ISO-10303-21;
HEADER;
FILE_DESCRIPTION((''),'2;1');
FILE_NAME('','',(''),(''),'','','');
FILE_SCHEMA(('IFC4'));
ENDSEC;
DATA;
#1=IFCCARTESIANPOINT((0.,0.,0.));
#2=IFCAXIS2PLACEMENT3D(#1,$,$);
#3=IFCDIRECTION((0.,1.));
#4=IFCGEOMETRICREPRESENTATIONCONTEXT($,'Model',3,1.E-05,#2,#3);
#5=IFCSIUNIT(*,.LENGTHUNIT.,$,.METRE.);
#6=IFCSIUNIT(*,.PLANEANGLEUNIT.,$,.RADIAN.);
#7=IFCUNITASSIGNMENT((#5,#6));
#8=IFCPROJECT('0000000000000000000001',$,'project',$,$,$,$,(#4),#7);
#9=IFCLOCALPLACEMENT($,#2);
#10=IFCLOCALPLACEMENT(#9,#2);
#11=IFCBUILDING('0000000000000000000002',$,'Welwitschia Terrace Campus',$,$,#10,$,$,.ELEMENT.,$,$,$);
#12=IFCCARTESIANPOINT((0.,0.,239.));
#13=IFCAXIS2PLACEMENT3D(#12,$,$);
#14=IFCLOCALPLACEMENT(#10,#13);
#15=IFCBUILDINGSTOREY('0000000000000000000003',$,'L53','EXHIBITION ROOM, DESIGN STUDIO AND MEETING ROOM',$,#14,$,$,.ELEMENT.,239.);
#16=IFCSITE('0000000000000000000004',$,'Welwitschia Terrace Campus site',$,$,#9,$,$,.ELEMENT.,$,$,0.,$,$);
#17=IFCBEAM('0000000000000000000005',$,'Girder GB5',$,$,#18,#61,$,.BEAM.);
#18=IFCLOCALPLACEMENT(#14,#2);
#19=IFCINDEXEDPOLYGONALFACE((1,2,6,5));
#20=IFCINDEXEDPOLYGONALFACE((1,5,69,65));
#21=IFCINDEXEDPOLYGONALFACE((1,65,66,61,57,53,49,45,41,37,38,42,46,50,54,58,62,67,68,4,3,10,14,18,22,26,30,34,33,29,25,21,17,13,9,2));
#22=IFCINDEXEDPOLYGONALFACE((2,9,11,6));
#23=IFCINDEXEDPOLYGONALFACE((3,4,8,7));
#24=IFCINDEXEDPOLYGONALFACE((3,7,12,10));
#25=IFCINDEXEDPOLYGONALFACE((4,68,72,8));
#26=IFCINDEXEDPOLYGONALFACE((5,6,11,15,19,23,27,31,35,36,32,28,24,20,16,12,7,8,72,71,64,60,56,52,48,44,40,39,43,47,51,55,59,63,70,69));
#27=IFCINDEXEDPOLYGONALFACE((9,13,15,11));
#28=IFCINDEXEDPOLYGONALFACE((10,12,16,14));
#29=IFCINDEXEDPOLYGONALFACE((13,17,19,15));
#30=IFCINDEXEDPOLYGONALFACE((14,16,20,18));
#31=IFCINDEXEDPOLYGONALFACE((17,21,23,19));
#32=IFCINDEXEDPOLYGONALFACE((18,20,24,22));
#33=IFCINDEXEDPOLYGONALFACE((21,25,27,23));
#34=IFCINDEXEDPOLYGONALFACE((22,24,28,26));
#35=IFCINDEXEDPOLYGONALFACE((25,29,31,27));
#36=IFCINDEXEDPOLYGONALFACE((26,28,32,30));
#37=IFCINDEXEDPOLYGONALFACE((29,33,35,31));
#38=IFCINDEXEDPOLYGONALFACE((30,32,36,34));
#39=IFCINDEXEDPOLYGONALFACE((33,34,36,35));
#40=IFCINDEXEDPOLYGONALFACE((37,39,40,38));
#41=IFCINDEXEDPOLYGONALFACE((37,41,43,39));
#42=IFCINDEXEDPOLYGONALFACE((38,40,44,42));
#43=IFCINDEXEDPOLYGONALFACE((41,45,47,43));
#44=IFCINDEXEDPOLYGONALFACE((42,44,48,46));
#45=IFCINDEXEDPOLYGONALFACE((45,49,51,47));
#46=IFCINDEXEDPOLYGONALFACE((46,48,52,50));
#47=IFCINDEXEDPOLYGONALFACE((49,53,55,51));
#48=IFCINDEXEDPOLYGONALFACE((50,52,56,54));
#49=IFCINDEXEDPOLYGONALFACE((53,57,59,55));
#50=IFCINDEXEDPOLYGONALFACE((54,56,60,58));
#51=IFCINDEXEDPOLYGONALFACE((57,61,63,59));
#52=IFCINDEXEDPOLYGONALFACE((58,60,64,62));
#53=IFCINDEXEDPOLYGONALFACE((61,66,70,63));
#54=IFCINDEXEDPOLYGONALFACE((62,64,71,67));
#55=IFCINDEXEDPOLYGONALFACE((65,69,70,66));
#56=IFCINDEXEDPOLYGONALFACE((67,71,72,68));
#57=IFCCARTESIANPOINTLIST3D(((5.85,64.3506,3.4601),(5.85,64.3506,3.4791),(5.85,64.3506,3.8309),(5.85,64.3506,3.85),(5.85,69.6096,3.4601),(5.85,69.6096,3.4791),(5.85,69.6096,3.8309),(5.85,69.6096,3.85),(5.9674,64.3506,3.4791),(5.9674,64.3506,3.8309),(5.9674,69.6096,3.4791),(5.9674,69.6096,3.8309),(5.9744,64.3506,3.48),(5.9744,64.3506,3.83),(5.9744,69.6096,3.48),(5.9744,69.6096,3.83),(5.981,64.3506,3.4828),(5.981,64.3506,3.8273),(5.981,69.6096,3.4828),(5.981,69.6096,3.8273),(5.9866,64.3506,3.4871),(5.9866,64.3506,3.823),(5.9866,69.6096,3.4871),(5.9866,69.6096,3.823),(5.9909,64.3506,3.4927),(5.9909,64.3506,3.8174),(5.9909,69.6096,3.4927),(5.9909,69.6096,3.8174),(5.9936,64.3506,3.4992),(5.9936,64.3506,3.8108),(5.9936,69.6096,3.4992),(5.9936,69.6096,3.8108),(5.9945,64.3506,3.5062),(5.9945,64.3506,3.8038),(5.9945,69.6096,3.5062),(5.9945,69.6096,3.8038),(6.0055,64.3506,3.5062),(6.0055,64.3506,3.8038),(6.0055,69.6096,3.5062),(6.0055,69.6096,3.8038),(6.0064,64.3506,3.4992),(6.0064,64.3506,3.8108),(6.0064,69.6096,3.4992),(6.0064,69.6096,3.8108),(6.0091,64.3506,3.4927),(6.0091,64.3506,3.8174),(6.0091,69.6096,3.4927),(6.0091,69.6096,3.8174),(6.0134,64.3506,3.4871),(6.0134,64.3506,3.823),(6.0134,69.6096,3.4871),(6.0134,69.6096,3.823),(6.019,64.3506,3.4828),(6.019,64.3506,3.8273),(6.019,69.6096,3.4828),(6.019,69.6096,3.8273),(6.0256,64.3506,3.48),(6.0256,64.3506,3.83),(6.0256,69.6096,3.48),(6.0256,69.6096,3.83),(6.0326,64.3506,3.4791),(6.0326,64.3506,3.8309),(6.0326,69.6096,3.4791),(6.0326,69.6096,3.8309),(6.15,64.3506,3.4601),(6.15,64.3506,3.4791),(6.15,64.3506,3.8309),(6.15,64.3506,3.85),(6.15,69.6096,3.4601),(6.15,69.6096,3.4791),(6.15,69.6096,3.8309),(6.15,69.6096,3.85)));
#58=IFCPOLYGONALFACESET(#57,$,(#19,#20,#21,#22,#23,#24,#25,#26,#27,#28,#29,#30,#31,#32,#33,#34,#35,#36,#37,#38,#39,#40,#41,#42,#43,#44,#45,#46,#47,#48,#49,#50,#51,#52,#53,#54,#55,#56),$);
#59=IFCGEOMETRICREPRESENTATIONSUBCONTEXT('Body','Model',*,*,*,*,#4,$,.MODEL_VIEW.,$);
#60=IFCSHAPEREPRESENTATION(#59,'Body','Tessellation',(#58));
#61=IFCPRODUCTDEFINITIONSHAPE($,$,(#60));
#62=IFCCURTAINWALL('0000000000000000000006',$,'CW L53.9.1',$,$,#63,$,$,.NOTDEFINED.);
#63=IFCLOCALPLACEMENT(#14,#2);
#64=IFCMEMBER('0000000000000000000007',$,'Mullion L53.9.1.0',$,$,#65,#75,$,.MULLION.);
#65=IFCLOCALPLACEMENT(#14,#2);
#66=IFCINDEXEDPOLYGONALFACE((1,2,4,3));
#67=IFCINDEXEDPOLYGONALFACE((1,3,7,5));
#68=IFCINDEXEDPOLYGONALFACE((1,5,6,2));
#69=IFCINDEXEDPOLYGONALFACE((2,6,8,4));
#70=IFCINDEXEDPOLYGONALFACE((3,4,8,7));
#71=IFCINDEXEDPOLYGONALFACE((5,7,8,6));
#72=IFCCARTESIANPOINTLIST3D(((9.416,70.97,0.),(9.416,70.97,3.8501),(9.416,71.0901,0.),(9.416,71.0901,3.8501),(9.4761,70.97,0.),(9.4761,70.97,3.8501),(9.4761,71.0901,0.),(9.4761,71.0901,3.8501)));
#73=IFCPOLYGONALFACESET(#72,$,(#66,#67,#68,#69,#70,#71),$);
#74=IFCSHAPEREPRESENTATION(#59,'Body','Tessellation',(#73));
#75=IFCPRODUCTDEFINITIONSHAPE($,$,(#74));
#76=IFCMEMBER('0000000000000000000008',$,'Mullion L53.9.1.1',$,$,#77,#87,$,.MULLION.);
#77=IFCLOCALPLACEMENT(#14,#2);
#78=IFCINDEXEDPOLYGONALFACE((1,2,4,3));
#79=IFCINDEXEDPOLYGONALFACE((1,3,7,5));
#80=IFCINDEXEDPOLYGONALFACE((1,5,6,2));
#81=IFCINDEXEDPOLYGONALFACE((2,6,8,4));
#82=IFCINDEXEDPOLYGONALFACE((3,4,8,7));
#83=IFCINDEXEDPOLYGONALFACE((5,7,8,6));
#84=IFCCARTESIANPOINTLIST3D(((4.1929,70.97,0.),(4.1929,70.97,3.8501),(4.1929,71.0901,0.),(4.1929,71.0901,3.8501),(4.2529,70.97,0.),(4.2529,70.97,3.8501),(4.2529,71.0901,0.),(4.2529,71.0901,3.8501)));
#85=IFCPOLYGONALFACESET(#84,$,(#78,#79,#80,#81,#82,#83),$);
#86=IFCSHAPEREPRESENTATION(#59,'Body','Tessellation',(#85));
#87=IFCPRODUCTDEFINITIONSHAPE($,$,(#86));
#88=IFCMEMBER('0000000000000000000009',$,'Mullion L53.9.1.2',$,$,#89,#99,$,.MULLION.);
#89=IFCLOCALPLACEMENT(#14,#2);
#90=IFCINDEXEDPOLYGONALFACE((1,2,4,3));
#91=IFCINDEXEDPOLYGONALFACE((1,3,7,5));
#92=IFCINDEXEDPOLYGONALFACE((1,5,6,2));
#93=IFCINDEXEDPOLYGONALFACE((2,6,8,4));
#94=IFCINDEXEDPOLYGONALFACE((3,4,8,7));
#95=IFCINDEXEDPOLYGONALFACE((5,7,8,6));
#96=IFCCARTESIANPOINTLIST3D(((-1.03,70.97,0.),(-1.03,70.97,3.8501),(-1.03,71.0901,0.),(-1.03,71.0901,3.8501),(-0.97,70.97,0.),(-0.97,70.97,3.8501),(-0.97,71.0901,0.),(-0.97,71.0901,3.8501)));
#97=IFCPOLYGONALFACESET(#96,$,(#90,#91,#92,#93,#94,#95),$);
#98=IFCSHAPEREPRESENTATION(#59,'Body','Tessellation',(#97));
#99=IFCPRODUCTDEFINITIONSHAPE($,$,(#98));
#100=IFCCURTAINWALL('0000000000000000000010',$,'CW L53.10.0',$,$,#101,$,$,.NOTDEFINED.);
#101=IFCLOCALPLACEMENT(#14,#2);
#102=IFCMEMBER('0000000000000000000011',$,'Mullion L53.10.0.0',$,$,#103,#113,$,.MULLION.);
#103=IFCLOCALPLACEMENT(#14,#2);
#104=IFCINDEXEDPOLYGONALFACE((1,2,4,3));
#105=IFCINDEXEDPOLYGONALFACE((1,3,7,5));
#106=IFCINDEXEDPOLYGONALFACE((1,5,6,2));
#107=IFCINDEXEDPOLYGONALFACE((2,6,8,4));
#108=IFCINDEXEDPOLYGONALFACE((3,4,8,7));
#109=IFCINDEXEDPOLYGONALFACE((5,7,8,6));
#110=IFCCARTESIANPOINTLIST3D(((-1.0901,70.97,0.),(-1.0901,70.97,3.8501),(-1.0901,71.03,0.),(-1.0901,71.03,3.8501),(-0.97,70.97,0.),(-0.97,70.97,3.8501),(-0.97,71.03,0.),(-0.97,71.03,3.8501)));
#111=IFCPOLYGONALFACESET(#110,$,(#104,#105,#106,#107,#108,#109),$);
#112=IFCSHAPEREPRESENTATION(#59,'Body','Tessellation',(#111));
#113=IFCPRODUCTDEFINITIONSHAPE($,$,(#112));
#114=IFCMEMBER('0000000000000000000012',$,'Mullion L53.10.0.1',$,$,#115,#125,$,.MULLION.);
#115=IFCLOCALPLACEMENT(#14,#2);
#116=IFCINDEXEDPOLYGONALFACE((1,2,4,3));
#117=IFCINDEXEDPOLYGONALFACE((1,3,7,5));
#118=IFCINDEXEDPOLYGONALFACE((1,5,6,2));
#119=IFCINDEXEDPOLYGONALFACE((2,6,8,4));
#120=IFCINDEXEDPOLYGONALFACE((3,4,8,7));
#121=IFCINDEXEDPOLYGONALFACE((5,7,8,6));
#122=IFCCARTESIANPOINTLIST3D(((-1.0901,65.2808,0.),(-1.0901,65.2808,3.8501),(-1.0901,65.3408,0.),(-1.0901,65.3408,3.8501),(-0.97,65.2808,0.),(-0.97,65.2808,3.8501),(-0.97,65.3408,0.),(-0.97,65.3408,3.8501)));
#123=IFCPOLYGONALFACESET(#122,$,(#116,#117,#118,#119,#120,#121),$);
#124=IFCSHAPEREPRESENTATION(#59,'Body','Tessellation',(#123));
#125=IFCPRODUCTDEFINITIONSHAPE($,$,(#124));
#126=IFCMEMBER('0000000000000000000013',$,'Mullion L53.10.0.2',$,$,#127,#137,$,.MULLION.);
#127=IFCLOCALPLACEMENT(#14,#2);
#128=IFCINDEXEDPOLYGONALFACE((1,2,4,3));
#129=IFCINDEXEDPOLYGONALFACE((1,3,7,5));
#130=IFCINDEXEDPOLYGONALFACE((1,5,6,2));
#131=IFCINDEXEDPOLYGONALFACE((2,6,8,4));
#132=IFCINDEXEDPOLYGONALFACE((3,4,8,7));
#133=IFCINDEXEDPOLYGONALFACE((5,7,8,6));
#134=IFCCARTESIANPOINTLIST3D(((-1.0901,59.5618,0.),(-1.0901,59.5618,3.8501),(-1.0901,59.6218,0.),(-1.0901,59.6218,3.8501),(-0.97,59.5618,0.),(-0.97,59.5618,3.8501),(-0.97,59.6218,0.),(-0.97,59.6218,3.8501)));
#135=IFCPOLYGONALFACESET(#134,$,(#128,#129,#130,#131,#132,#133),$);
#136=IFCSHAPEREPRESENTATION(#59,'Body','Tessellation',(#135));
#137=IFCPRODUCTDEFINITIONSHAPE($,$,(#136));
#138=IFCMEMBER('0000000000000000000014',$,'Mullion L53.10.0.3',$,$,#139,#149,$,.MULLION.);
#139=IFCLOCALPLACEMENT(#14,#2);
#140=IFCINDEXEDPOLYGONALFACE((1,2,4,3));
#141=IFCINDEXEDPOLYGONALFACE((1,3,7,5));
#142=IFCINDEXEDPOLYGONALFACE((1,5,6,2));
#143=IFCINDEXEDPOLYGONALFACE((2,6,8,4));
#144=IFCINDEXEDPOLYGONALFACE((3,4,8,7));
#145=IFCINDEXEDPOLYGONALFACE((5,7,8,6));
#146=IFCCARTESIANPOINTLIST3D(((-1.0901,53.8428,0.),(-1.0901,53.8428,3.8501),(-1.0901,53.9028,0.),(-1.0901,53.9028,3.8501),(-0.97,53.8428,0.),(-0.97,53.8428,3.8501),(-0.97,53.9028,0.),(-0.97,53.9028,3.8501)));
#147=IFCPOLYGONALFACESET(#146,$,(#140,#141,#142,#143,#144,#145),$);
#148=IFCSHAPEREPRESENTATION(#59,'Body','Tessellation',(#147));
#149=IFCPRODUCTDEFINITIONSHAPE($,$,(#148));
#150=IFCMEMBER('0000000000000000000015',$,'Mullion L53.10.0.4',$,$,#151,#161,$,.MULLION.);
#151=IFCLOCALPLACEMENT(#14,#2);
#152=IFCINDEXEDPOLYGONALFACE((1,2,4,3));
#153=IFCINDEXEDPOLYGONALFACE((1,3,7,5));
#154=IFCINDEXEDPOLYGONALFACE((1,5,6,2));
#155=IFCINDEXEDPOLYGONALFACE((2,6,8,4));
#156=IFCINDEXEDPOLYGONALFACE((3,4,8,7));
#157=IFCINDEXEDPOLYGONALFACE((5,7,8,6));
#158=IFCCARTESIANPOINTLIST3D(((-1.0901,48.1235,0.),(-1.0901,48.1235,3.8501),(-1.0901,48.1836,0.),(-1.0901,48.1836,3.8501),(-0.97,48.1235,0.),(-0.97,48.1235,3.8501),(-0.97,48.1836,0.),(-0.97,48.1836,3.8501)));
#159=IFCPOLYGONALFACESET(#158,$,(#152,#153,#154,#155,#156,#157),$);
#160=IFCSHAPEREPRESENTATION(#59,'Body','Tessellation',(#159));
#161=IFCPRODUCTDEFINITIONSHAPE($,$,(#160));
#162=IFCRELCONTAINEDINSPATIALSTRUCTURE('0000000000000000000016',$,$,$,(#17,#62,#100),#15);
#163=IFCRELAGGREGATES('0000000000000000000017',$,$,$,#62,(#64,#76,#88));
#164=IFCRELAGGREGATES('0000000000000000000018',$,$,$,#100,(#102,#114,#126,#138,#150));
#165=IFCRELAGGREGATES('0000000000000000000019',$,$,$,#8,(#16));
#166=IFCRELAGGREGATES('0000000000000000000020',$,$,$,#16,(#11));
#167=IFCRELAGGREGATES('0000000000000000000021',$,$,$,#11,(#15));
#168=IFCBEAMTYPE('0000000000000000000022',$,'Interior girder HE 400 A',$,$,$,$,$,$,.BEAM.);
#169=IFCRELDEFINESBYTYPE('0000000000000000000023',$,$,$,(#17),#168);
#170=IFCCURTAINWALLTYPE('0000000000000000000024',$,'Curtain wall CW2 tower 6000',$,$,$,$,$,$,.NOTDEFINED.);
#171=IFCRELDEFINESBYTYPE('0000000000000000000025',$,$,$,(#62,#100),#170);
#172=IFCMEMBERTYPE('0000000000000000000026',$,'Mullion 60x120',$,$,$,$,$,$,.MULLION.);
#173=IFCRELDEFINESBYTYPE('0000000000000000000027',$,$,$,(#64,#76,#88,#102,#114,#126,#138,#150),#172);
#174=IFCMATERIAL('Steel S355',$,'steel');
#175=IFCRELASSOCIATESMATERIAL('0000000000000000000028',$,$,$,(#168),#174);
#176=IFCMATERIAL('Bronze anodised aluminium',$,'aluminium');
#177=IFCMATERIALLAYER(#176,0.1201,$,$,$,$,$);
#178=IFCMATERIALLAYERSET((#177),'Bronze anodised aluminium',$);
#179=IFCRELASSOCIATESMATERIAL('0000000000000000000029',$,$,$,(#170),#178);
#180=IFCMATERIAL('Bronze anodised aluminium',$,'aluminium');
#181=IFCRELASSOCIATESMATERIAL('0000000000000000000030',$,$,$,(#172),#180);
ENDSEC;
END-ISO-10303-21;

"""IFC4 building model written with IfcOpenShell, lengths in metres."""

from ifc_helpers import new_model, si_unit, direction, frame, origin, origin_2d, place, context, subcontext, project, spatial, rectangle, i_section, extrude, material, layer, layer_set, material_profile, profile_set, type_object, element, aggregate, save


model = new_model("IFC4")

# Units and contexts
model_context = context("Model", 3, precision=1e-05, world=origin(), true_north=direction((0.0, 1.0)))
body_context = subcontext(model_context, "Body", "Model", "MODEL_VIEW")
ifc_project = project(units=[si_unit("LENGTHUNIT", "METRE"), si_unit("PLANEANGLEUNIT", "RADIAN")], contexts=[model_context])

# Site, building, storey
site_placement = place(None, origin())
site = spatial("IfcSite", under=ifc_project, at=site_placement, Name="Welwitschia Terrace Campus site", CompositionType="ELEMENT", RefElevation=0.0)
building_placement = place(site_placement, origin())
building = spatial("IfcBuilding", under=site, at=building_placement, Name="Welwitschia Terrace Campus", CompositionType="ELEMENT")
storey_placement = place(building_placement, frame((0.0, 0.0, 239.0)))
storey = spatial("IfcBuildingStorey", under=building, at=storey_placement, Name="L53", Description="EXHIBITION ROOM, DESIGN STUDIO AND MEETING ROOM", CompositionType="ELEMENT", Elevation=239.0)

# Beam
ifc_material_1 = material(Name="Steel S355", Category="steel")
ifc_material_profile_1 = material_profile(ifc_material_1, i_section(OverallWidth=0.3, OverallDepth=0.3899, WebThickness=0.011, FlangeThickness=0.019, FilletRadius=0.0271, at=origin_2d()))
ifc_profile_set_1 = profile_set([ifc_material_profile_1], Name="Steel S355")
beam_type_1 = type_object("IfcBeamType", Name="Interior girder HE 400 A", PredefinedType="BEAM", material=ifc_profile_set_1)
beam_1_placement = place(storey_placement, frame((6.0, 64.3506, 3.655), z_axis=(0.0, 1.0, 0.0), x_axis=(-1.0, 0.0, 0.0)))
element("IfcBeam", 1, at=beam_1_placement, inside=storey, type_object=beam_type_1, Name="Girder GB5", PredefinedType="BEAM", context=body_context, shape_type="SweptSolid", body=[
    extrude(i_section(OverallWidth=0.3, OverallDepth=0.3899, WebThickness=0.011, FlangeThickness=0.019, FilletRadius=0.0271, at=origin_2d()), origin(), (0.0, 0.0, 1.0), 5.259),
])

# Curtain walls, members
ifc_material_2 = material(Name="Bronze anodised aluminium", Category="aluminium")
ifc_layer_1 = layer(ifc_material_2, 0.1201)
ifc_layer_set_1 = layer_set([ifc_layer_1], Name="Bronze anodised aluminium")
curtain_wall_type = type_object("IfcCurtainWallType", Name="Curtain wall CW2 tower 6000", PredefinedType="NOTDEFINED", material=ifc_layer_set_1)
curtain_wall_1_placement = place(storey_placement, origin())
curtain_wall_1 = element("IfcCurtainWall", 2, at=curtain_wall_1_placement, inside=storey, type_object=curtain_wall_type, Name="CW L53.9.1", PredefinedType="NOTDEFINED")
ifc_material_3 = material(Name="Bronze anodised aluminium", Category="aluminium")
ifc_material_profile_2 = material_profile(ifc_material_3, rectangle(XDim=0.1201, YDim=0.0601, at=origin_2d()))
ifc_profile_set_2 = profile_set([ifc_material_profile_2], Name="Bronze anodised aluminium")
member_type_1 = type_object("IfcMemberType", Name="Mullion 60x120", PredefinedType="MULLION", material=ifc_profile_set_2)
member_1_placement = place(storey_placement, frame((9.446, 71.03, 0.0), z_axis=(0.0, 0.0, 1.0), x_axis=(0.0, -1.0, 0.0)))
member_1 = element("IfcMember", 3, at=member_1_placement, type_object=member_type_1, Name="Mullion L53.9.1.0", PredefinedType="MULLION", context=body_context, shape_type="SweptSolid", body=[
    extrude(rectangle(XDim=0.1201, YDim=0.0601, at=origin_2d()), origin(), (0.0, 0.0, 1.0), 3.8501),
])
member_2_placement = place(storey_placement, frame((4.2229, 71.03, 0.0), z_axis=(0.0, 0.0, 1.0), x_axis=(0.0, -1.0, 0.0)))
member_2 = element("IfcMember", 4, at=member_2_placement, type_object=member_type_1, Name="Mullion L53.9.1.1", PredefinedType="MULLION", context=body_context, shape_type="SweptSolid", body=[
    extrude(rectangle(XDim=0.1201, YDim=0.0601, at=origin_2d()), origin(), (0.0, 0.0, 1.0), 3.8501),
])
member_3_placement = place(storey_placement, frame((-1.0, 71.03, 0.0), z_axis=(0.0, 0.0, 1.0), x_axis=(0.0, -1.0, 0.0)))
member_3 = element("IfcMember", 5, at=member_3_placement, type_object=member_type_1, Name="Mullion L53.9.1.2", PredefinedType="MULLION", context=body_context, shape_type="SweptSolid", body=[
    extrude(rectangle(XDim=0.1201, YDim=0.0601, at=origin_2d()), origin(), (0.0, 0.0, 1.0), 3.8501),
])
curtain_wall_2_placement = place(storey_placement, origin())
curtain_wall_2 = element("IfcCurtainWall", 6, at=curtain_wall_2_placement, inside=storey, type_object=curtain_wall_type, Name="CW L53.10.0", PredefinedType="NOTDEFINED")
member_4_placement = place(storey_placement, frame((-1.03, 71.0, 0.0), z_axis=(0.0, 0.0, 1.0), x_axis=(1.0, 0.0, 0.0)))
member_4 = element("IfcMember", 7, at=member_4_placement, type_object=member_type_1, Name="Mullion L53.10.0.0", PredefinedType="MULLION", context=body_context, shape_type="SweptSolid", body=[
    extrude(rectangle(XDim=0.1201, YDim=0.0601, at=origin_2d()), origin(), (0.0, 0.0, 1.0), 3.8501),
])
member_5_placement = place(storey_placement, frame((-1.03, 65.3108, 0.0), z_axis=(0.0, 0.0, 1.0), x_axis=(1.0, 0.0, 0.0)))
member_5 = element("IfcMember", 8, at=member_5_placement, type_object=member_type_1, Name="Mullion L53.10.0.1", PredefinedType="MULLION", context=body_context, shape_type="SweptSolid", body=[
    extrude(rectangle(XDim=0.1201, YDim=0.0601, at=origin_2d()), origin(), (0.0, 0.0, 1.0), 3.8501),
])
member_6_placement = place(storey_placement, frame((-1.03, 59.5918, 0.0), z_axis=(0.0, 0.0, 1.0), x_axis=(1.0, 0.0, 0.0)))
member_6 = element("IfcMember", 9, at=member_6_placement, type_object=member_type_1, Name="Mullion L53.10.0.2", PredefinedType="MULLION", context=body_context, shape_type="SweptSolid", body=[
    extrude(rectangle(XDim=0.1201, YDim=0.0601, at=origin_2d()), origin(), (0.0, 0.0, 1.0), 3.8501),
])
member_7_placement = place(storey_placement, frame((-1.03, 53.8728, 0.0), z_axis=(0.0, 0.0, 1.0), x_axis=(1.0, 0.0, 0.0)))
member_7 = element("IfcMember", 10, at=member_7_placement, type_object=member_type_1, Name="Mullion L53.10.0.3", PredefinedType="MULLION", context=body_context, shape_type="SweptSolid", body=[
    extrude(rectangle(XDim=0.1201, YDim=0.0601, at=origin_2d()), origin(), (0.0, 0.0, 1.0), 3.8501),
])
member_8_placement = place(storey_placement, frame((-1.03, 48.1536, 0.0), z_axis=(0.0, 0.0, 1.0), x_axis=(1.0, 0.0, 0.0)))
member_8 = element("IfcMember", 11, at=member_8_placement, type_object=member_type_1, Name="Mullion L53.10.0.4", PredefinedType="MULLION", context=body_context, shape_type="SweptSolid", body=[
    extrude(rectangle(XDim=0.1201, YDim=0.0601, at=origin_2d()), origin(), (0.0, 0.0, 1.0), 3.8501),
])

aggregate(curtain_wall_1, [member_1, member_2, member_3])
aggregate(curtain_wall_2, [member_4, member_5, member_6, member_7, member_8])

save(model, "model.ifc")
